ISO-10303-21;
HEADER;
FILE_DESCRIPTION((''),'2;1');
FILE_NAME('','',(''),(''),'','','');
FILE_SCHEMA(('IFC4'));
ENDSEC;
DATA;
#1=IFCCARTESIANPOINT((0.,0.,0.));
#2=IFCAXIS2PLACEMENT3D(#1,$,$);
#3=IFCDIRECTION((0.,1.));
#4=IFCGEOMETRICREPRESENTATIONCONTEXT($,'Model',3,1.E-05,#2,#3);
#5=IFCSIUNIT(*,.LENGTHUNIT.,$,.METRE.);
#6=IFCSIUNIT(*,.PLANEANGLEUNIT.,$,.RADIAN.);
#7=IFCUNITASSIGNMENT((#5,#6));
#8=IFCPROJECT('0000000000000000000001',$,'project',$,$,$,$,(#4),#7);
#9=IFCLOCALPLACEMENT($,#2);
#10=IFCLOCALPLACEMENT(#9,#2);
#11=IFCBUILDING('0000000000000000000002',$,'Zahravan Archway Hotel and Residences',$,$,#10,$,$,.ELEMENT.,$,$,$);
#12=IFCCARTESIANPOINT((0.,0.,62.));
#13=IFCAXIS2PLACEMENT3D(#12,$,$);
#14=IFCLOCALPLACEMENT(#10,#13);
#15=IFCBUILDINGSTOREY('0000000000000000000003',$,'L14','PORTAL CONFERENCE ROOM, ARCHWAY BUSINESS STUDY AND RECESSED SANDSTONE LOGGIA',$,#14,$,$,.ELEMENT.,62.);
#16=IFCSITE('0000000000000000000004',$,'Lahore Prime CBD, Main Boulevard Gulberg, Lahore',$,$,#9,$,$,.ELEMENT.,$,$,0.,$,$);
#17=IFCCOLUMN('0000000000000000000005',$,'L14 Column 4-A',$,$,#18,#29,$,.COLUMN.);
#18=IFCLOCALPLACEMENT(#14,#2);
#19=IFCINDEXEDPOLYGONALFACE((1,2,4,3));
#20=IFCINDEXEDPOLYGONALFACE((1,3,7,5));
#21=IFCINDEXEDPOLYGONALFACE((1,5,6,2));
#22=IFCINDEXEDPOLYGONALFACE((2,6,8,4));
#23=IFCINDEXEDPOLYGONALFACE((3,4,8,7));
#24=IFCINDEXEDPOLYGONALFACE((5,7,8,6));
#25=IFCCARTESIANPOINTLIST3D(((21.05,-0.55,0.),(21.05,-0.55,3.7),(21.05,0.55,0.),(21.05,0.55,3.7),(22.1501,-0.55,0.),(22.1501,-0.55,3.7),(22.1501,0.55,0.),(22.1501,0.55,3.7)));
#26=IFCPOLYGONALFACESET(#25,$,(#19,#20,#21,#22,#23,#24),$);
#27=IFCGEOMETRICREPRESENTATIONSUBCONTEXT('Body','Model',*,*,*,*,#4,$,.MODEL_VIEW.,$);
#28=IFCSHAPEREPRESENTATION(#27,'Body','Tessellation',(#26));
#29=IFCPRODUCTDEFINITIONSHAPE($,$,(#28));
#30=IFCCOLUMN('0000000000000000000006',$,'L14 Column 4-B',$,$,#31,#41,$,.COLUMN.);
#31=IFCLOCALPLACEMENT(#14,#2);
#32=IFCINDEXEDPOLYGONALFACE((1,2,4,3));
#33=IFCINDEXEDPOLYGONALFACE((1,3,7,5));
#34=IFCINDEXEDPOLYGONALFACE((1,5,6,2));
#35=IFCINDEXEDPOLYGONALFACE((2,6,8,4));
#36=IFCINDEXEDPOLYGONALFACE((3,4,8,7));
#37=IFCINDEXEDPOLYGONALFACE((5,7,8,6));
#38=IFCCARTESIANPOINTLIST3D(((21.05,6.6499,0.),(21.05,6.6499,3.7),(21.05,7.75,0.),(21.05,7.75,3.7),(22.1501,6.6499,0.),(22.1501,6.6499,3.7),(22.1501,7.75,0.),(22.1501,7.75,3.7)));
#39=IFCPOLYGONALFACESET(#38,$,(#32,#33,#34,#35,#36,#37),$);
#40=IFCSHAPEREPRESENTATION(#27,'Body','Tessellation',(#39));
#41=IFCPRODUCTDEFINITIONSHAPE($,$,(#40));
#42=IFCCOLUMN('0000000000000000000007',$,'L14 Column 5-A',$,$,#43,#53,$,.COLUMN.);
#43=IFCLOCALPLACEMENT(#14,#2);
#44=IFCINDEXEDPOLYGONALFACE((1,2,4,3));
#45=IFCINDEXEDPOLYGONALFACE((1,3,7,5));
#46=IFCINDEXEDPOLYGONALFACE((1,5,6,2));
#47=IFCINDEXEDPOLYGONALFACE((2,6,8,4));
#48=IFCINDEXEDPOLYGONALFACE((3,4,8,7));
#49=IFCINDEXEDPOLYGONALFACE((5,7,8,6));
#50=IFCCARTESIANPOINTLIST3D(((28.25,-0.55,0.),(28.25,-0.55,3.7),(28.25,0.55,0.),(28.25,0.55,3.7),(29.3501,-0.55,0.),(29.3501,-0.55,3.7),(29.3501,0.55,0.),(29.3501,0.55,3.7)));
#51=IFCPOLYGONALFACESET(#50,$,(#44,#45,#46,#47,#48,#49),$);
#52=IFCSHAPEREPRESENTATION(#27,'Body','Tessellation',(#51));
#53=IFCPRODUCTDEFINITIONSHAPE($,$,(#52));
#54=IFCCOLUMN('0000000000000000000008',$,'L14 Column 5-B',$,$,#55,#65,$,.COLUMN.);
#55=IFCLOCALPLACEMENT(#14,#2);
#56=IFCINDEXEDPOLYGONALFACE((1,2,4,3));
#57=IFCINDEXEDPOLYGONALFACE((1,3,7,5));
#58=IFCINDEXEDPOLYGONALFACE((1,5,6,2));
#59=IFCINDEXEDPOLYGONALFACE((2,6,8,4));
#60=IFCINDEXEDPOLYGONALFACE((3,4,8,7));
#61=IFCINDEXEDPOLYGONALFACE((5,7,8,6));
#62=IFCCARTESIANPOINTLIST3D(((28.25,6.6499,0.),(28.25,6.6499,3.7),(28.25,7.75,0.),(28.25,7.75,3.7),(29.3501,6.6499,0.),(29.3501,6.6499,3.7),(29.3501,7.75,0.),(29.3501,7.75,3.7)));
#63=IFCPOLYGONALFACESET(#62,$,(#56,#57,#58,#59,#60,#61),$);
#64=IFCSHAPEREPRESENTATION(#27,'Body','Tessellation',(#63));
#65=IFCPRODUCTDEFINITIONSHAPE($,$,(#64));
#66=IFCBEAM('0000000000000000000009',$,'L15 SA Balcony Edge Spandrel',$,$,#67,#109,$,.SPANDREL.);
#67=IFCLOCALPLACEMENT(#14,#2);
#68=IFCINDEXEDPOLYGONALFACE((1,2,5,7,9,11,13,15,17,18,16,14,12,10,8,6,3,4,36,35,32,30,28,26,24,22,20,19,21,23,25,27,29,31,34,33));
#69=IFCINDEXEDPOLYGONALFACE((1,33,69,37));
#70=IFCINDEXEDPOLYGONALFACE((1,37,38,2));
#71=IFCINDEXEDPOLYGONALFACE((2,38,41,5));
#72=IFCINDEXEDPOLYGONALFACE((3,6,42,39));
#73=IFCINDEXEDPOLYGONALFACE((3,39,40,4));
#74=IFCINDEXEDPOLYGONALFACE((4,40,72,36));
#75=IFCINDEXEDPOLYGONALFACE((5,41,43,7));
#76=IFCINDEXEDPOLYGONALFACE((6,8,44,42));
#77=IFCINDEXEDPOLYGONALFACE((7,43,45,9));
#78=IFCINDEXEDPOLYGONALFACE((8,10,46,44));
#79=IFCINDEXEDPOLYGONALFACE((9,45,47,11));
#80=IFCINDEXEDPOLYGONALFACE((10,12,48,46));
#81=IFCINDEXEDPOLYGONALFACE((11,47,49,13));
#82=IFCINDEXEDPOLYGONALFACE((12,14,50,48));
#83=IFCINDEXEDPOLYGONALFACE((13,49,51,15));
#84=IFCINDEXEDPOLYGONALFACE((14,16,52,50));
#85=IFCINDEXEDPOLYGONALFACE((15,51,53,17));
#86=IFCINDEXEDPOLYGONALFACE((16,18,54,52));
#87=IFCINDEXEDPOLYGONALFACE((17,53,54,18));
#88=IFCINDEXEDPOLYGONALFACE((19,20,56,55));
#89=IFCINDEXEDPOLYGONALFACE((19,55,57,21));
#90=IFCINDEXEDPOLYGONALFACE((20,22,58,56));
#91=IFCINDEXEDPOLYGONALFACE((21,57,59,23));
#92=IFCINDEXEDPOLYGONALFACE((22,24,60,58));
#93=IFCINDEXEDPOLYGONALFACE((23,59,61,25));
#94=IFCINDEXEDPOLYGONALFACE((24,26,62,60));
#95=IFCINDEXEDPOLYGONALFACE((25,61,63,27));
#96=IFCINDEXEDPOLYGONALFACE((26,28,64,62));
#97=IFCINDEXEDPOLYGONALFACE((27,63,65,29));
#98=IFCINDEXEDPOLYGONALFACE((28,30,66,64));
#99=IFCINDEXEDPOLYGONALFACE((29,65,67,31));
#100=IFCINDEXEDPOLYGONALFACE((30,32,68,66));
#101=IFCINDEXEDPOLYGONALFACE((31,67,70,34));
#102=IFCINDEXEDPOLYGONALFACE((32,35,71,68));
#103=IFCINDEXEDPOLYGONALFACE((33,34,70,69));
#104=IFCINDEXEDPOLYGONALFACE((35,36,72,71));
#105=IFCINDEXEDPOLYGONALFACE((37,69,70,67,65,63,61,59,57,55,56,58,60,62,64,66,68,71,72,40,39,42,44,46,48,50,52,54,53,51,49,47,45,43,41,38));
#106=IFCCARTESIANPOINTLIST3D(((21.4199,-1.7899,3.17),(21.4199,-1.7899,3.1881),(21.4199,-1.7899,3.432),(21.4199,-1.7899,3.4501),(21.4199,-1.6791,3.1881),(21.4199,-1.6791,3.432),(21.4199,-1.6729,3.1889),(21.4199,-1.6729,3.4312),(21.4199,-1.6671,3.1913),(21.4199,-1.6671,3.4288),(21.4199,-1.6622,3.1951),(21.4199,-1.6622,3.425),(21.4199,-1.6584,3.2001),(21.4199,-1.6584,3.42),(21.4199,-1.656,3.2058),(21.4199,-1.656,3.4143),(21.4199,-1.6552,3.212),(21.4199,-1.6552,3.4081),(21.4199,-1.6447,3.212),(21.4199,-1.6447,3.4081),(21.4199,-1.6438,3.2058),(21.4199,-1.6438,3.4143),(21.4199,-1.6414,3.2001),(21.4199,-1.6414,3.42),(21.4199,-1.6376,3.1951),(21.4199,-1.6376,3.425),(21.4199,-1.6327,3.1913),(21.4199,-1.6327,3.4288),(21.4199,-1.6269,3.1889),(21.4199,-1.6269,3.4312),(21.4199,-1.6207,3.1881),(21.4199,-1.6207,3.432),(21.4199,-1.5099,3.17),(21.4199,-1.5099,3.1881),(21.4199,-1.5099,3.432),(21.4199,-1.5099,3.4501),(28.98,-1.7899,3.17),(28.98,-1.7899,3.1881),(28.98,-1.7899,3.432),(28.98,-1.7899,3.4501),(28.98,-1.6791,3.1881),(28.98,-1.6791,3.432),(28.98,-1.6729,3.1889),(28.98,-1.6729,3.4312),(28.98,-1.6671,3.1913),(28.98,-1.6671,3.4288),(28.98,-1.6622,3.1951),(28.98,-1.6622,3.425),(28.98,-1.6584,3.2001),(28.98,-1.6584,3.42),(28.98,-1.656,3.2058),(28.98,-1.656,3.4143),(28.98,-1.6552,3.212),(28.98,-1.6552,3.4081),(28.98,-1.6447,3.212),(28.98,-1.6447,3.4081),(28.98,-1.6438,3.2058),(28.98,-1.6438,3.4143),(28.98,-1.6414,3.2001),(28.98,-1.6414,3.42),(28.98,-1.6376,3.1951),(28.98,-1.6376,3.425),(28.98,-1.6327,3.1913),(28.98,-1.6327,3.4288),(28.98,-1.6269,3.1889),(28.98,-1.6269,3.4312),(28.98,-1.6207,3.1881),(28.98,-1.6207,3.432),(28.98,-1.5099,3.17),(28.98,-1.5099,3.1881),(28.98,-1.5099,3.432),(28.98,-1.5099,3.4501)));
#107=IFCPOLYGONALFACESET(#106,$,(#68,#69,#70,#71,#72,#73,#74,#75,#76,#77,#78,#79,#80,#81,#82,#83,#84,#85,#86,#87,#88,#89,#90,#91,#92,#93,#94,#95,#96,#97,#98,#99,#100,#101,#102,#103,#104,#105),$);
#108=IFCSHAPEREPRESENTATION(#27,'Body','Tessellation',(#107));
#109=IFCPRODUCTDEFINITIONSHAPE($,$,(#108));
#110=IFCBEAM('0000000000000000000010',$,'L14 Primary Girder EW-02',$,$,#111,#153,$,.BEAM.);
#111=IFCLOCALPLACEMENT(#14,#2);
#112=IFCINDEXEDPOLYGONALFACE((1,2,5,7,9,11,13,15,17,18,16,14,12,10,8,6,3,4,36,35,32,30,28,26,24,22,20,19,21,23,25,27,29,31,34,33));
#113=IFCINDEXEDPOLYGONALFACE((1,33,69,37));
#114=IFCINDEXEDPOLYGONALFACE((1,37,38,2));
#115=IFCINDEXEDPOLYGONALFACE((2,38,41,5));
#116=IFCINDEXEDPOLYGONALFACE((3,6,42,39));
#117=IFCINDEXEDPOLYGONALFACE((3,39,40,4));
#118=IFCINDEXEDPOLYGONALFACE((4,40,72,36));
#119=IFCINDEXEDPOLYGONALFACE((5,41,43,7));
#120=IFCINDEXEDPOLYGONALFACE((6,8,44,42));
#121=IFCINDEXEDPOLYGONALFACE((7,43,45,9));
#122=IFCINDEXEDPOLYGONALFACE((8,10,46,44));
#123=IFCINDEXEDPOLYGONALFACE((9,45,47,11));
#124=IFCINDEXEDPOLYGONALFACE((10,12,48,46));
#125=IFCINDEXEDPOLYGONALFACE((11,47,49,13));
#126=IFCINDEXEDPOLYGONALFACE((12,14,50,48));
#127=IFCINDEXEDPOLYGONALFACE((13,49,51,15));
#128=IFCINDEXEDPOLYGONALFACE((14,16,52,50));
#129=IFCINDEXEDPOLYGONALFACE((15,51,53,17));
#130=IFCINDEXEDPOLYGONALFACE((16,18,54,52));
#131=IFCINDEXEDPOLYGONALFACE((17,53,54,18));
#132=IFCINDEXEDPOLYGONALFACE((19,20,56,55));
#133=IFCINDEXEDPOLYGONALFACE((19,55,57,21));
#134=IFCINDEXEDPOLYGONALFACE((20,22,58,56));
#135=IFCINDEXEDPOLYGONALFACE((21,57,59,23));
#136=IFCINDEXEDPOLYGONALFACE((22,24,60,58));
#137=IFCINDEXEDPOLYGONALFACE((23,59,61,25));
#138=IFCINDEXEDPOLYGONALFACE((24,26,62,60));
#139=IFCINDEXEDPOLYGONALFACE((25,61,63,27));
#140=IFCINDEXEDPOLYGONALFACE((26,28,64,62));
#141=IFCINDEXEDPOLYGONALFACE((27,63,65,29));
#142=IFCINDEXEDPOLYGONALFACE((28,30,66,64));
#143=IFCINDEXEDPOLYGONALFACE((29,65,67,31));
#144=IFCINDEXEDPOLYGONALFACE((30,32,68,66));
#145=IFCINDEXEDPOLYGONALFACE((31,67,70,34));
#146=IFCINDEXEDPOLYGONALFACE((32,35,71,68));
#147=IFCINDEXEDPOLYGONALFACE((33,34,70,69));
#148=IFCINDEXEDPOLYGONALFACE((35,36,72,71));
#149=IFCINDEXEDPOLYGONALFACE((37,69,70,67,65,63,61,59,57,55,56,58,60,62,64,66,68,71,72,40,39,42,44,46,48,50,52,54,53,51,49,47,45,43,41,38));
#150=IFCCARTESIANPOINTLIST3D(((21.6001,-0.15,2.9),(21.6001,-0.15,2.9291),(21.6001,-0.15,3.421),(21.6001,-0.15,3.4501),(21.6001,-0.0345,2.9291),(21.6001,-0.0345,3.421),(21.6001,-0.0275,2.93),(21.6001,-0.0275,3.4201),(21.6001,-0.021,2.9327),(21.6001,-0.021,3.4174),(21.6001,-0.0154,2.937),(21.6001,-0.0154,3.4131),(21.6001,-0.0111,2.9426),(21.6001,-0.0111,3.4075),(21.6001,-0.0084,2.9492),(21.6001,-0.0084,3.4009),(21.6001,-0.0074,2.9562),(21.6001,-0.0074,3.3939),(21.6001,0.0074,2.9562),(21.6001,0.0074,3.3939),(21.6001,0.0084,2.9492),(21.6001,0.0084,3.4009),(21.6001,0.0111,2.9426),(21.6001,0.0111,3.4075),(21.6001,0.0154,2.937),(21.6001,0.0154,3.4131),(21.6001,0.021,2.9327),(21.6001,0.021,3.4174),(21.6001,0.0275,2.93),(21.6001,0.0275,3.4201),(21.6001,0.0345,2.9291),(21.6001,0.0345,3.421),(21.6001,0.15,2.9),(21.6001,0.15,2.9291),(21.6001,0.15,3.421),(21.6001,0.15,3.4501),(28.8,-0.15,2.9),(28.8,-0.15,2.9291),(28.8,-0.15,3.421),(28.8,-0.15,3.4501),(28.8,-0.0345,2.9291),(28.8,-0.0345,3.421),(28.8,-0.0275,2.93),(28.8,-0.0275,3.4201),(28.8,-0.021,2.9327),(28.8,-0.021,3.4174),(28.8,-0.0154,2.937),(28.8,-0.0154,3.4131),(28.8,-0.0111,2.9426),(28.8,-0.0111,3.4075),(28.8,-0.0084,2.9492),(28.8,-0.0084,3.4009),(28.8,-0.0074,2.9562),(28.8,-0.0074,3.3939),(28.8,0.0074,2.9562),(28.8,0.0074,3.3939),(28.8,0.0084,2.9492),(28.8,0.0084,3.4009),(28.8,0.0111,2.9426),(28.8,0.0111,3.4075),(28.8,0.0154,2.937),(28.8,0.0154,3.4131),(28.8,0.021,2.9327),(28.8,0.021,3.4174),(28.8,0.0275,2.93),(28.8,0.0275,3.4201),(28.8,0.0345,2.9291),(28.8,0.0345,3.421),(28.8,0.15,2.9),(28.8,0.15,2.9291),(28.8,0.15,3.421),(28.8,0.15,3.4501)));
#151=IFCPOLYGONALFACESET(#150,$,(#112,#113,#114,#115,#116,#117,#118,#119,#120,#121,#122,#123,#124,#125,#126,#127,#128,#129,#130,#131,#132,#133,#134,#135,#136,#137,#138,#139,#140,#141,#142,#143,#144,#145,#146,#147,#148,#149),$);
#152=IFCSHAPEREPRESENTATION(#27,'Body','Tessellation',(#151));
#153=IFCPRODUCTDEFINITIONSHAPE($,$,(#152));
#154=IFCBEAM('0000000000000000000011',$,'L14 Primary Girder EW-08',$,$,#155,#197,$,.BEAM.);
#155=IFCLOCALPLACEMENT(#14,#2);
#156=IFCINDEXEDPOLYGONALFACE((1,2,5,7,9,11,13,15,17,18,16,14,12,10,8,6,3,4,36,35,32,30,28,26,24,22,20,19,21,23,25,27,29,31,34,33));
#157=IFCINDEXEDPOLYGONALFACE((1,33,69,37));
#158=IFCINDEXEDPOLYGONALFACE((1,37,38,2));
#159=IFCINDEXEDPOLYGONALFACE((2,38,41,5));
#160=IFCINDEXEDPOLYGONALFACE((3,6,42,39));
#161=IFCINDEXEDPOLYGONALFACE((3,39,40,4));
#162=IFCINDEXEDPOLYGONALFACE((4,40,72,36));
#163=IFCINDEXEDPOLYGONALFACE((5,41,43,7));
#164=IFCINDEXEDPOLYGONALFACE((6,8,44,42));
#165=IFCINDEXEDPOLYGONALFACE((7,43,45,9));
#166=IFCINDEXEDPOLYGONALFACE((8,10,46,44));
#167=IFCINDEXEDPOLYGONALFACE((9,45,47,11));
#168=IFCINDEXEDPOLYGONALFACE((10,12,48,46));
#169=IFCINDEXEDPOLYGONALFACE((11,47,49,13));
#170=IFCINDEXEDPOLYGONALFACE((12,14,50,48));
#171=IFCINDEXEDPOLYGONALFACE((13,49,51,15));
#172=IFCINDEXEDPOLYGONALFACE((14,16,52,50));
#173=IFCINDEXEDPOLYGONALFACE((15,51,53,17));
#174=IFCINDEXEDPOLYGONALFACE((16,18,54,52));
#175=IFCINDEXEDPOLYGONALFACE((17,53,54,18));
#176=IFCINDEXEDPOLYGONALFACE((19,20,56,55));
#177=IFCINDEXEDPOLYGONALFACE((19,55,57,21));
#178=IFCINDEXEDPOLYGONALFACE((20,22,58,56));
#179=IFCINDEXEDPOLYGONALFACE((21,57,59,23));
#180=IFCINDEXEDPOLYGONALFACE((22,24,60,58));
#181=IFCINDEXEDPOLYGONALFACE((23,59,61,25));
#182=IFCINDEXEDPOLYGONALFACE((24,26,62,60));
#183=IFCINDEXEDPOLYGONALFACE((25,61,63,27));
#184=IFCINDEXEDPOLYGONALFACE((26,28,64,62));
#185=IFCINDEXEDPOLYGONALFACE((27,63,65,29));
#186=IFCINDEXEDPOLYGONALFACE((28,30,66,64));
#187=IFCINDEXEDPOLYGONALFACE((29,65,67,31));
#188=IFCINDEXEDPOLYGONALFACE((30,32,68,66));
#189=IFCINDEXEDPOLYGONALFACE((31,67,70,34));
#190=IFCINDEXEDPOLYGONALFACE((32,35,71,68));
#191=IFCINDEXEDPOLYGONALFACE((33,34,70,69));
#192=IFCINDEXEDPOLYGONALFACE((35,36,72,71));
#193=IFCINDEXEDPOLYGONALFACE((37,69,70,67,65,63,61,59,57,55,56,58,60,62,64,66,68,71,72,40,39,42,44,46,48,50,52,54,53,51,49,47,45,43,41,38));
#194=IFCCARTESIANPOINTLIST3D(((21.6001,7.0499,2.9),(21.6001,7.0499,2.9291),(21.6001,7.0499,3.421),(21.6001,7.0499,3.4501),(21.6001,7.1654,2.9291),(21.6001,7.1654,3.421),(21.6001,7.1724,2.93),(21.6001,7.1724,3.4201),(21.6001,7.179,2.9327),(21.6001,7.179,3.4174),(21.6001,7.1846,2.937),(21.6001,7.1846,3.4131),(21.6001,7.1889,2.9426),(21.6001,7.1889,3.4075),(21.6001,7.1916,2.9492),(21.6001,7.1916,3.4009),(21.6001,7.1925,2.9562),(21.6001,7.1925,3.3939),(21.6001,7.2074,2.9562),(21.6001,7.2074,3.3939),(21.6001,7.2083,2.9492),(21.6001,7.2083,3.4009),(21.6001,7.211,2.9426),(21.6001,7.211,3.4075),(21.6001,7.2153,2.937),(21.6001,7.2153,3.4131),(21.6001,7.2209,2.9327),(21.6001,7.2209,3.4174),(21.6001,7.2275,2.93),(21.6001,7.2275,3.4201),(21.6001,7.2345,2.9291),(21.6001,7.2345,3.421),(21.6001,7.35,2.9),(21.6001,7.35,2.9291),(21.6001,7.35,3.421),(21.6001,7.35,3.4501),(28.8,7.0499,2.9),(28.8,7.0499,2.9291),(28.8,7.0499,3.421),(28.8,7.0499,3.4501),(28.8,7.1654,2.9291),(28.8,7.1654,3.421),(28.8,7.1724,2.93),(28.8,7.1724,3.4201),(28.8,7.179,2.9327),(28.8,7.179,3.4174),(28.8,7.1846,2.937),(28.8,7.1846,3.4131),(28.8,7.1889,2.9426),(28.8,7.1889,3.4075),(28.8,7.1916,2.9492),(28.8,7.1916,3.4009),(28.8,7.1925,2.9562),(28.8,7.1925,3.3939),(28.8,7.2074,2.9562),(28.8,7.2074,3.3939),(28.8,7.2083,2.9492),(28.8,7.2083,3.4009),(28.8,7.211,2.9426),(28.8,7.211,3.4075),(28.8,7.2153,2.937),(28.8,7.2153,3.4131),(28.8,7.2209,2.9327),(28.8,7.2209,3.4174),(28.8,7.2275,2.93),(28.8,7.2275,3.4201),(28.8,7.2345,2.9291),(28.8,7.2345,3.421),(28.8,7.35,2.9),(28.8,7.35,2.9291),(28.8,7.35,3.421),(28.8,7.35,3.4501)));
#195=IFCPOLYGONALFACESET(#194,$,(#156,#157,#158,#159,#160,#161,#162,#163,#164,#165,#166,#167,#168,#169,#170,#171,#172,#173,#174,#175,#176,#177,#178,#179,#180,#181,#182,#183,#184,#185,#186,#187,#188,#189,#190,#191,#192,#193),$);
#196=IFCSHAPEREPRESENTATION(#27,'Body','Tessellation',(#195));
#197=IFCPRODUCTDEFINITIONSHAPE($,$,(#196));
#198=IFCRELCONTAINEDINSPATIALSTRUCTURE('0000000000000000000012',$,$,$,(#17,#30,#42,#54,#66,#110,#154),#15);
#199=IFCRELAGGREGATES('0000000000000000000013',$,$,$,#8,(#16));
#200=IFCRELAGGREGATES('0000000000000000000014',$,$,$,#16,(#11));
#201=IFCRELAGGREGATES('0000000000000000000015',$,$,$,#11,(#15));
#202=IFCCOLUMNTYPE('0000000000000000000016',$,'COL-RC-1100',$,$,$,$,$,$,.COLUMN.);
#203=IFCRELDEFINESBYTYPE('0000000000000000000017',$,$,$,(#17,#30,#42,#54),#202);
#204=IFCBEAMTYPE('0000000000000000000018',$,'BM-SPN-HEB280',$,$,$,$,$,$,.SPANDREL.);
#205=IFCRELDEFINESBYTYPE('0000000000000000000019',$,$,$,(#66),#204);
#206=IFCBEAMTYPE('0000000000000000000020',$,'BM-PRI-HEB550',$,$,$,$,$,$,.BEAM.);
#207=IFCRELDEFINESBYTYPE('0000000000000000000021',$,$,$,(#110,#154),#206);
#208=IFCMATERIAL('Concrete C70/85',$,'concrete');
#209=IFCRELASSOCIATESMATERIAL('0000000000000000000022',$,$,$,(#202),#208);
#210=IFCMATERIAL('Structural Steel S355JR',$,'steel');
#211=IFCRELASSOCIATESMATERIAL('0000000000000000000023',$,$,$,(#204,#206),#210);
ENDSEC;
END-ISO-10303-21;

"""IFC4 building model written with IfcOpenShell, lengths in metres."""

from ifc_helpers import new_model, si_unit, direction, frame, origin, origin_2d, place, context, subcontext, project, spatial, rectangle, i_section, extrude, source, transform, mapped, material, material_profile, profile_set, type_object, type_shapes, element, save


model = new_model("IFC4")

# Units and contexts
model_context = context("Model", 3, precision=1e-05, world=origin(), true_north=direction((0.0, 1.0)))
body_context = subcontext(model_context, "Body", "Model", "MODEL_VIEW")
ifc_project = project(units=[si_unit("LENGTHUNIT", "METRE"), si_unit("PLANEANGLEUNIT", "RADIAN")], contexts=[model_context])

# Site, building, storey
site_placement = place(None, origin())
site = spatial("IfcSite", under=ifc_project, at=site_placement, Name="Lahore Prime CBD, Main Boulevard Gulberg, Lahore", CompositionType="ELEMENT", RefElevation=0.0)
building_placement = place(site_placement, origin())
building = spatial("IfcBuilding", under=site, at=building_placement, Name="Zahravan Archway Hotel and Residences", CompositionType="ELEMENT")
storey_placement = place(building_placement, frame((0.0, 0.0, 62.0)))
storey = spatial("IfcBuildingStorey", under=building, at=storey_placement, Name="L14", Description="PORTAL CONFERENCE ROOM, ARCHWAY BUSINESS STUDY AND RECESSED SANDSTONE LOGGIA", CompositionType="ELEMENT", Elevation=62.0)

# Columns
ifc_material_1 = material(Name="Concrete C70/85", Category="concrete")
ifc_material_profile_1 = material_profile(ifc_material_1, rectangle(XDim=1.1001, YDim=1.1001, at=origin_2d()), Name="RC 1100x1100", Category="concrete")
ifc_profile_set_1 = profile_set([ifc_material_profile_1], Name="Concrete C70/85")
column_type = type_object("IfcColumnType", Name="COL-RC-1100", PredefinedType="COLUMN", material=ifc_profile_set_1)
shared_shape_1 = source(origin(), body_context, "Body", "SweptSolid", [
    extrude(rectangle(XDim=1.1001, YDim=1.1001, at=origin_2d()), origin(), (0.0, 0.0, 1.0), 3.7),
])
for number, where, z_axis, x_axis, name in (
    (1, (21.6001, 0.0, 0.0), (0.0, 0.0, 1.0), (1.0, 0.0, 0.0), "L14 Column 4-A"),
    (2, (21.6001, 7.2, 0.0), (0.0, 0.0, 1.0), (1.0, 0.0, 0.0), "L14 Column 4-B"),
    (3, (28.8, 0.0, 0.0), (0.0, 0.0, 1.0), (1.0, 0.0, 0.0), "L14 Column 5-A"),
    (4, (28.8, 7.2, 0.0), (0.0, 0.0, 1.0), (1.0, 0.0, 0.0), "L14 Column 5-B"),
):
    element("IfcColumn", number, at=place(storey_placement, frame(where, z_axis=z_axis, x_axis=x_axis)), inside=storey, type_object=column_type, Name=name, PredefinedType="COLUMN", context=body_context, shape_type="MappedRepresentation", body=[
        mapped(shared_shape_1, transform((0.0, 0.0, 0.0), scale=1.0)),
    ])

# Beams
ifc_material_2 = material(Name="Structural Steel S355JR", Category="steel")
ifc_material_profile_2 = material_profile(ifc_material_2, i_section(OverallWidth=0.28, OverallDepth=0.28, WebThickness=0.0105, FlangeThickness=0.0181, FilletRadius=0.0239, at=origin_2d()), Name="HEB 280", Category="steel")
ifc_profile_set_2 = profile_set([ifc_material_profile_2], Name="Structural Steel S355JR")
beam_type_1 = type_object("IfcBeamType", Name="BM-SPN-HEB280", PredefinedType="SPANDREL", material=ifc_profile_set_2)
shared_shape_2 = source(origin(), body_context, "Body", "SweptSolid", [
    extrude(i_section(OverallWidth=0.28, OverallDepth=0.28, WebThickness=0.0105, FlangeThickness=0.0181, FilletRadius=0.0239, at=origin_2d()), origin(), (0.0, 0.0, 1.0), 7.5601),
])
type_shapes(beam_type_1, [shared_shape_2])
beam_placement = place(storey_placement, frame((21.4199, -1.6499, 3.3101), z_axis=(1.0, 0.0, 0.0), x_axis=(0.0, 1.0, 0.0)))
element("IfcBeam", 5, at=beam_placement, inside=storey, type_object=beam_type_1, Name="L15 SA Balcony Edge Spandrel", PredefinedType="SPANDREL", context=body_context, shape_type="MappedRepresentation", body=[
    mapped(shared_shape_2, transform((0.0, 0.0, 0.0), scale=1.0)),
])
ifc_material_profile_3 = material_profile(ifc_material_2, i_section(OverallWidth=0.3, OverallDepth=0.55, WebThickness=0.0149, FlangeThickness=0.0291, FilletRadius=0.0271, at=origin_2d()), Name="HEB 550", Category="steel")
ifc_profile_set_3 = profile_set([ifc_material_profile_3], Name="Structural Steel S355JR")
beam_type_2 = type_object("IfcBeamType", Name="BM-PRI-HEB550", PredefinedType="BEAM", material=ifc_profile_set_3)
shared_shape_3 = source(origin(), body_context, "Body", "SweptSolid", [
    extrude(i_section(OverallWidth=0.3, OverallDepth=0.55, WebThickness=0.0149, FlangeThickness=0.0291, FilletRadius=0.0271, at=origin_2d()), origin(), (0.0, 0.0, 1.0), 7.2),
])
for number, where, z_axis, x_axis, name in (
    (6, (21.6001, 0.0, 3.175), (1.0, 0.0, 0.0), (0.0, 1.0, 0.0), "L14 Primary Girder EW-02"),
    (7, (21.6001, 7.2, 3.175), (1.0, 0.0, 0.0), (0.0, 1.0, 0.0), "L14 Primary Girder EW-08"),
):
    element("IfcBeam", number, at=place(storey_placement, frame(where, z_axis=z_axis, x_axis=x_axis)), inside=storey, type_object=beam_type_2, Name=name, PredefinedType="BEAM", context=body_context, shape_type="MappedRepresentation", body=[
        mapped(shared_shape_3, transform((0.0, 0.0, 0.0), scale=1.0)),
    ])

save(model, "model.ifc")
